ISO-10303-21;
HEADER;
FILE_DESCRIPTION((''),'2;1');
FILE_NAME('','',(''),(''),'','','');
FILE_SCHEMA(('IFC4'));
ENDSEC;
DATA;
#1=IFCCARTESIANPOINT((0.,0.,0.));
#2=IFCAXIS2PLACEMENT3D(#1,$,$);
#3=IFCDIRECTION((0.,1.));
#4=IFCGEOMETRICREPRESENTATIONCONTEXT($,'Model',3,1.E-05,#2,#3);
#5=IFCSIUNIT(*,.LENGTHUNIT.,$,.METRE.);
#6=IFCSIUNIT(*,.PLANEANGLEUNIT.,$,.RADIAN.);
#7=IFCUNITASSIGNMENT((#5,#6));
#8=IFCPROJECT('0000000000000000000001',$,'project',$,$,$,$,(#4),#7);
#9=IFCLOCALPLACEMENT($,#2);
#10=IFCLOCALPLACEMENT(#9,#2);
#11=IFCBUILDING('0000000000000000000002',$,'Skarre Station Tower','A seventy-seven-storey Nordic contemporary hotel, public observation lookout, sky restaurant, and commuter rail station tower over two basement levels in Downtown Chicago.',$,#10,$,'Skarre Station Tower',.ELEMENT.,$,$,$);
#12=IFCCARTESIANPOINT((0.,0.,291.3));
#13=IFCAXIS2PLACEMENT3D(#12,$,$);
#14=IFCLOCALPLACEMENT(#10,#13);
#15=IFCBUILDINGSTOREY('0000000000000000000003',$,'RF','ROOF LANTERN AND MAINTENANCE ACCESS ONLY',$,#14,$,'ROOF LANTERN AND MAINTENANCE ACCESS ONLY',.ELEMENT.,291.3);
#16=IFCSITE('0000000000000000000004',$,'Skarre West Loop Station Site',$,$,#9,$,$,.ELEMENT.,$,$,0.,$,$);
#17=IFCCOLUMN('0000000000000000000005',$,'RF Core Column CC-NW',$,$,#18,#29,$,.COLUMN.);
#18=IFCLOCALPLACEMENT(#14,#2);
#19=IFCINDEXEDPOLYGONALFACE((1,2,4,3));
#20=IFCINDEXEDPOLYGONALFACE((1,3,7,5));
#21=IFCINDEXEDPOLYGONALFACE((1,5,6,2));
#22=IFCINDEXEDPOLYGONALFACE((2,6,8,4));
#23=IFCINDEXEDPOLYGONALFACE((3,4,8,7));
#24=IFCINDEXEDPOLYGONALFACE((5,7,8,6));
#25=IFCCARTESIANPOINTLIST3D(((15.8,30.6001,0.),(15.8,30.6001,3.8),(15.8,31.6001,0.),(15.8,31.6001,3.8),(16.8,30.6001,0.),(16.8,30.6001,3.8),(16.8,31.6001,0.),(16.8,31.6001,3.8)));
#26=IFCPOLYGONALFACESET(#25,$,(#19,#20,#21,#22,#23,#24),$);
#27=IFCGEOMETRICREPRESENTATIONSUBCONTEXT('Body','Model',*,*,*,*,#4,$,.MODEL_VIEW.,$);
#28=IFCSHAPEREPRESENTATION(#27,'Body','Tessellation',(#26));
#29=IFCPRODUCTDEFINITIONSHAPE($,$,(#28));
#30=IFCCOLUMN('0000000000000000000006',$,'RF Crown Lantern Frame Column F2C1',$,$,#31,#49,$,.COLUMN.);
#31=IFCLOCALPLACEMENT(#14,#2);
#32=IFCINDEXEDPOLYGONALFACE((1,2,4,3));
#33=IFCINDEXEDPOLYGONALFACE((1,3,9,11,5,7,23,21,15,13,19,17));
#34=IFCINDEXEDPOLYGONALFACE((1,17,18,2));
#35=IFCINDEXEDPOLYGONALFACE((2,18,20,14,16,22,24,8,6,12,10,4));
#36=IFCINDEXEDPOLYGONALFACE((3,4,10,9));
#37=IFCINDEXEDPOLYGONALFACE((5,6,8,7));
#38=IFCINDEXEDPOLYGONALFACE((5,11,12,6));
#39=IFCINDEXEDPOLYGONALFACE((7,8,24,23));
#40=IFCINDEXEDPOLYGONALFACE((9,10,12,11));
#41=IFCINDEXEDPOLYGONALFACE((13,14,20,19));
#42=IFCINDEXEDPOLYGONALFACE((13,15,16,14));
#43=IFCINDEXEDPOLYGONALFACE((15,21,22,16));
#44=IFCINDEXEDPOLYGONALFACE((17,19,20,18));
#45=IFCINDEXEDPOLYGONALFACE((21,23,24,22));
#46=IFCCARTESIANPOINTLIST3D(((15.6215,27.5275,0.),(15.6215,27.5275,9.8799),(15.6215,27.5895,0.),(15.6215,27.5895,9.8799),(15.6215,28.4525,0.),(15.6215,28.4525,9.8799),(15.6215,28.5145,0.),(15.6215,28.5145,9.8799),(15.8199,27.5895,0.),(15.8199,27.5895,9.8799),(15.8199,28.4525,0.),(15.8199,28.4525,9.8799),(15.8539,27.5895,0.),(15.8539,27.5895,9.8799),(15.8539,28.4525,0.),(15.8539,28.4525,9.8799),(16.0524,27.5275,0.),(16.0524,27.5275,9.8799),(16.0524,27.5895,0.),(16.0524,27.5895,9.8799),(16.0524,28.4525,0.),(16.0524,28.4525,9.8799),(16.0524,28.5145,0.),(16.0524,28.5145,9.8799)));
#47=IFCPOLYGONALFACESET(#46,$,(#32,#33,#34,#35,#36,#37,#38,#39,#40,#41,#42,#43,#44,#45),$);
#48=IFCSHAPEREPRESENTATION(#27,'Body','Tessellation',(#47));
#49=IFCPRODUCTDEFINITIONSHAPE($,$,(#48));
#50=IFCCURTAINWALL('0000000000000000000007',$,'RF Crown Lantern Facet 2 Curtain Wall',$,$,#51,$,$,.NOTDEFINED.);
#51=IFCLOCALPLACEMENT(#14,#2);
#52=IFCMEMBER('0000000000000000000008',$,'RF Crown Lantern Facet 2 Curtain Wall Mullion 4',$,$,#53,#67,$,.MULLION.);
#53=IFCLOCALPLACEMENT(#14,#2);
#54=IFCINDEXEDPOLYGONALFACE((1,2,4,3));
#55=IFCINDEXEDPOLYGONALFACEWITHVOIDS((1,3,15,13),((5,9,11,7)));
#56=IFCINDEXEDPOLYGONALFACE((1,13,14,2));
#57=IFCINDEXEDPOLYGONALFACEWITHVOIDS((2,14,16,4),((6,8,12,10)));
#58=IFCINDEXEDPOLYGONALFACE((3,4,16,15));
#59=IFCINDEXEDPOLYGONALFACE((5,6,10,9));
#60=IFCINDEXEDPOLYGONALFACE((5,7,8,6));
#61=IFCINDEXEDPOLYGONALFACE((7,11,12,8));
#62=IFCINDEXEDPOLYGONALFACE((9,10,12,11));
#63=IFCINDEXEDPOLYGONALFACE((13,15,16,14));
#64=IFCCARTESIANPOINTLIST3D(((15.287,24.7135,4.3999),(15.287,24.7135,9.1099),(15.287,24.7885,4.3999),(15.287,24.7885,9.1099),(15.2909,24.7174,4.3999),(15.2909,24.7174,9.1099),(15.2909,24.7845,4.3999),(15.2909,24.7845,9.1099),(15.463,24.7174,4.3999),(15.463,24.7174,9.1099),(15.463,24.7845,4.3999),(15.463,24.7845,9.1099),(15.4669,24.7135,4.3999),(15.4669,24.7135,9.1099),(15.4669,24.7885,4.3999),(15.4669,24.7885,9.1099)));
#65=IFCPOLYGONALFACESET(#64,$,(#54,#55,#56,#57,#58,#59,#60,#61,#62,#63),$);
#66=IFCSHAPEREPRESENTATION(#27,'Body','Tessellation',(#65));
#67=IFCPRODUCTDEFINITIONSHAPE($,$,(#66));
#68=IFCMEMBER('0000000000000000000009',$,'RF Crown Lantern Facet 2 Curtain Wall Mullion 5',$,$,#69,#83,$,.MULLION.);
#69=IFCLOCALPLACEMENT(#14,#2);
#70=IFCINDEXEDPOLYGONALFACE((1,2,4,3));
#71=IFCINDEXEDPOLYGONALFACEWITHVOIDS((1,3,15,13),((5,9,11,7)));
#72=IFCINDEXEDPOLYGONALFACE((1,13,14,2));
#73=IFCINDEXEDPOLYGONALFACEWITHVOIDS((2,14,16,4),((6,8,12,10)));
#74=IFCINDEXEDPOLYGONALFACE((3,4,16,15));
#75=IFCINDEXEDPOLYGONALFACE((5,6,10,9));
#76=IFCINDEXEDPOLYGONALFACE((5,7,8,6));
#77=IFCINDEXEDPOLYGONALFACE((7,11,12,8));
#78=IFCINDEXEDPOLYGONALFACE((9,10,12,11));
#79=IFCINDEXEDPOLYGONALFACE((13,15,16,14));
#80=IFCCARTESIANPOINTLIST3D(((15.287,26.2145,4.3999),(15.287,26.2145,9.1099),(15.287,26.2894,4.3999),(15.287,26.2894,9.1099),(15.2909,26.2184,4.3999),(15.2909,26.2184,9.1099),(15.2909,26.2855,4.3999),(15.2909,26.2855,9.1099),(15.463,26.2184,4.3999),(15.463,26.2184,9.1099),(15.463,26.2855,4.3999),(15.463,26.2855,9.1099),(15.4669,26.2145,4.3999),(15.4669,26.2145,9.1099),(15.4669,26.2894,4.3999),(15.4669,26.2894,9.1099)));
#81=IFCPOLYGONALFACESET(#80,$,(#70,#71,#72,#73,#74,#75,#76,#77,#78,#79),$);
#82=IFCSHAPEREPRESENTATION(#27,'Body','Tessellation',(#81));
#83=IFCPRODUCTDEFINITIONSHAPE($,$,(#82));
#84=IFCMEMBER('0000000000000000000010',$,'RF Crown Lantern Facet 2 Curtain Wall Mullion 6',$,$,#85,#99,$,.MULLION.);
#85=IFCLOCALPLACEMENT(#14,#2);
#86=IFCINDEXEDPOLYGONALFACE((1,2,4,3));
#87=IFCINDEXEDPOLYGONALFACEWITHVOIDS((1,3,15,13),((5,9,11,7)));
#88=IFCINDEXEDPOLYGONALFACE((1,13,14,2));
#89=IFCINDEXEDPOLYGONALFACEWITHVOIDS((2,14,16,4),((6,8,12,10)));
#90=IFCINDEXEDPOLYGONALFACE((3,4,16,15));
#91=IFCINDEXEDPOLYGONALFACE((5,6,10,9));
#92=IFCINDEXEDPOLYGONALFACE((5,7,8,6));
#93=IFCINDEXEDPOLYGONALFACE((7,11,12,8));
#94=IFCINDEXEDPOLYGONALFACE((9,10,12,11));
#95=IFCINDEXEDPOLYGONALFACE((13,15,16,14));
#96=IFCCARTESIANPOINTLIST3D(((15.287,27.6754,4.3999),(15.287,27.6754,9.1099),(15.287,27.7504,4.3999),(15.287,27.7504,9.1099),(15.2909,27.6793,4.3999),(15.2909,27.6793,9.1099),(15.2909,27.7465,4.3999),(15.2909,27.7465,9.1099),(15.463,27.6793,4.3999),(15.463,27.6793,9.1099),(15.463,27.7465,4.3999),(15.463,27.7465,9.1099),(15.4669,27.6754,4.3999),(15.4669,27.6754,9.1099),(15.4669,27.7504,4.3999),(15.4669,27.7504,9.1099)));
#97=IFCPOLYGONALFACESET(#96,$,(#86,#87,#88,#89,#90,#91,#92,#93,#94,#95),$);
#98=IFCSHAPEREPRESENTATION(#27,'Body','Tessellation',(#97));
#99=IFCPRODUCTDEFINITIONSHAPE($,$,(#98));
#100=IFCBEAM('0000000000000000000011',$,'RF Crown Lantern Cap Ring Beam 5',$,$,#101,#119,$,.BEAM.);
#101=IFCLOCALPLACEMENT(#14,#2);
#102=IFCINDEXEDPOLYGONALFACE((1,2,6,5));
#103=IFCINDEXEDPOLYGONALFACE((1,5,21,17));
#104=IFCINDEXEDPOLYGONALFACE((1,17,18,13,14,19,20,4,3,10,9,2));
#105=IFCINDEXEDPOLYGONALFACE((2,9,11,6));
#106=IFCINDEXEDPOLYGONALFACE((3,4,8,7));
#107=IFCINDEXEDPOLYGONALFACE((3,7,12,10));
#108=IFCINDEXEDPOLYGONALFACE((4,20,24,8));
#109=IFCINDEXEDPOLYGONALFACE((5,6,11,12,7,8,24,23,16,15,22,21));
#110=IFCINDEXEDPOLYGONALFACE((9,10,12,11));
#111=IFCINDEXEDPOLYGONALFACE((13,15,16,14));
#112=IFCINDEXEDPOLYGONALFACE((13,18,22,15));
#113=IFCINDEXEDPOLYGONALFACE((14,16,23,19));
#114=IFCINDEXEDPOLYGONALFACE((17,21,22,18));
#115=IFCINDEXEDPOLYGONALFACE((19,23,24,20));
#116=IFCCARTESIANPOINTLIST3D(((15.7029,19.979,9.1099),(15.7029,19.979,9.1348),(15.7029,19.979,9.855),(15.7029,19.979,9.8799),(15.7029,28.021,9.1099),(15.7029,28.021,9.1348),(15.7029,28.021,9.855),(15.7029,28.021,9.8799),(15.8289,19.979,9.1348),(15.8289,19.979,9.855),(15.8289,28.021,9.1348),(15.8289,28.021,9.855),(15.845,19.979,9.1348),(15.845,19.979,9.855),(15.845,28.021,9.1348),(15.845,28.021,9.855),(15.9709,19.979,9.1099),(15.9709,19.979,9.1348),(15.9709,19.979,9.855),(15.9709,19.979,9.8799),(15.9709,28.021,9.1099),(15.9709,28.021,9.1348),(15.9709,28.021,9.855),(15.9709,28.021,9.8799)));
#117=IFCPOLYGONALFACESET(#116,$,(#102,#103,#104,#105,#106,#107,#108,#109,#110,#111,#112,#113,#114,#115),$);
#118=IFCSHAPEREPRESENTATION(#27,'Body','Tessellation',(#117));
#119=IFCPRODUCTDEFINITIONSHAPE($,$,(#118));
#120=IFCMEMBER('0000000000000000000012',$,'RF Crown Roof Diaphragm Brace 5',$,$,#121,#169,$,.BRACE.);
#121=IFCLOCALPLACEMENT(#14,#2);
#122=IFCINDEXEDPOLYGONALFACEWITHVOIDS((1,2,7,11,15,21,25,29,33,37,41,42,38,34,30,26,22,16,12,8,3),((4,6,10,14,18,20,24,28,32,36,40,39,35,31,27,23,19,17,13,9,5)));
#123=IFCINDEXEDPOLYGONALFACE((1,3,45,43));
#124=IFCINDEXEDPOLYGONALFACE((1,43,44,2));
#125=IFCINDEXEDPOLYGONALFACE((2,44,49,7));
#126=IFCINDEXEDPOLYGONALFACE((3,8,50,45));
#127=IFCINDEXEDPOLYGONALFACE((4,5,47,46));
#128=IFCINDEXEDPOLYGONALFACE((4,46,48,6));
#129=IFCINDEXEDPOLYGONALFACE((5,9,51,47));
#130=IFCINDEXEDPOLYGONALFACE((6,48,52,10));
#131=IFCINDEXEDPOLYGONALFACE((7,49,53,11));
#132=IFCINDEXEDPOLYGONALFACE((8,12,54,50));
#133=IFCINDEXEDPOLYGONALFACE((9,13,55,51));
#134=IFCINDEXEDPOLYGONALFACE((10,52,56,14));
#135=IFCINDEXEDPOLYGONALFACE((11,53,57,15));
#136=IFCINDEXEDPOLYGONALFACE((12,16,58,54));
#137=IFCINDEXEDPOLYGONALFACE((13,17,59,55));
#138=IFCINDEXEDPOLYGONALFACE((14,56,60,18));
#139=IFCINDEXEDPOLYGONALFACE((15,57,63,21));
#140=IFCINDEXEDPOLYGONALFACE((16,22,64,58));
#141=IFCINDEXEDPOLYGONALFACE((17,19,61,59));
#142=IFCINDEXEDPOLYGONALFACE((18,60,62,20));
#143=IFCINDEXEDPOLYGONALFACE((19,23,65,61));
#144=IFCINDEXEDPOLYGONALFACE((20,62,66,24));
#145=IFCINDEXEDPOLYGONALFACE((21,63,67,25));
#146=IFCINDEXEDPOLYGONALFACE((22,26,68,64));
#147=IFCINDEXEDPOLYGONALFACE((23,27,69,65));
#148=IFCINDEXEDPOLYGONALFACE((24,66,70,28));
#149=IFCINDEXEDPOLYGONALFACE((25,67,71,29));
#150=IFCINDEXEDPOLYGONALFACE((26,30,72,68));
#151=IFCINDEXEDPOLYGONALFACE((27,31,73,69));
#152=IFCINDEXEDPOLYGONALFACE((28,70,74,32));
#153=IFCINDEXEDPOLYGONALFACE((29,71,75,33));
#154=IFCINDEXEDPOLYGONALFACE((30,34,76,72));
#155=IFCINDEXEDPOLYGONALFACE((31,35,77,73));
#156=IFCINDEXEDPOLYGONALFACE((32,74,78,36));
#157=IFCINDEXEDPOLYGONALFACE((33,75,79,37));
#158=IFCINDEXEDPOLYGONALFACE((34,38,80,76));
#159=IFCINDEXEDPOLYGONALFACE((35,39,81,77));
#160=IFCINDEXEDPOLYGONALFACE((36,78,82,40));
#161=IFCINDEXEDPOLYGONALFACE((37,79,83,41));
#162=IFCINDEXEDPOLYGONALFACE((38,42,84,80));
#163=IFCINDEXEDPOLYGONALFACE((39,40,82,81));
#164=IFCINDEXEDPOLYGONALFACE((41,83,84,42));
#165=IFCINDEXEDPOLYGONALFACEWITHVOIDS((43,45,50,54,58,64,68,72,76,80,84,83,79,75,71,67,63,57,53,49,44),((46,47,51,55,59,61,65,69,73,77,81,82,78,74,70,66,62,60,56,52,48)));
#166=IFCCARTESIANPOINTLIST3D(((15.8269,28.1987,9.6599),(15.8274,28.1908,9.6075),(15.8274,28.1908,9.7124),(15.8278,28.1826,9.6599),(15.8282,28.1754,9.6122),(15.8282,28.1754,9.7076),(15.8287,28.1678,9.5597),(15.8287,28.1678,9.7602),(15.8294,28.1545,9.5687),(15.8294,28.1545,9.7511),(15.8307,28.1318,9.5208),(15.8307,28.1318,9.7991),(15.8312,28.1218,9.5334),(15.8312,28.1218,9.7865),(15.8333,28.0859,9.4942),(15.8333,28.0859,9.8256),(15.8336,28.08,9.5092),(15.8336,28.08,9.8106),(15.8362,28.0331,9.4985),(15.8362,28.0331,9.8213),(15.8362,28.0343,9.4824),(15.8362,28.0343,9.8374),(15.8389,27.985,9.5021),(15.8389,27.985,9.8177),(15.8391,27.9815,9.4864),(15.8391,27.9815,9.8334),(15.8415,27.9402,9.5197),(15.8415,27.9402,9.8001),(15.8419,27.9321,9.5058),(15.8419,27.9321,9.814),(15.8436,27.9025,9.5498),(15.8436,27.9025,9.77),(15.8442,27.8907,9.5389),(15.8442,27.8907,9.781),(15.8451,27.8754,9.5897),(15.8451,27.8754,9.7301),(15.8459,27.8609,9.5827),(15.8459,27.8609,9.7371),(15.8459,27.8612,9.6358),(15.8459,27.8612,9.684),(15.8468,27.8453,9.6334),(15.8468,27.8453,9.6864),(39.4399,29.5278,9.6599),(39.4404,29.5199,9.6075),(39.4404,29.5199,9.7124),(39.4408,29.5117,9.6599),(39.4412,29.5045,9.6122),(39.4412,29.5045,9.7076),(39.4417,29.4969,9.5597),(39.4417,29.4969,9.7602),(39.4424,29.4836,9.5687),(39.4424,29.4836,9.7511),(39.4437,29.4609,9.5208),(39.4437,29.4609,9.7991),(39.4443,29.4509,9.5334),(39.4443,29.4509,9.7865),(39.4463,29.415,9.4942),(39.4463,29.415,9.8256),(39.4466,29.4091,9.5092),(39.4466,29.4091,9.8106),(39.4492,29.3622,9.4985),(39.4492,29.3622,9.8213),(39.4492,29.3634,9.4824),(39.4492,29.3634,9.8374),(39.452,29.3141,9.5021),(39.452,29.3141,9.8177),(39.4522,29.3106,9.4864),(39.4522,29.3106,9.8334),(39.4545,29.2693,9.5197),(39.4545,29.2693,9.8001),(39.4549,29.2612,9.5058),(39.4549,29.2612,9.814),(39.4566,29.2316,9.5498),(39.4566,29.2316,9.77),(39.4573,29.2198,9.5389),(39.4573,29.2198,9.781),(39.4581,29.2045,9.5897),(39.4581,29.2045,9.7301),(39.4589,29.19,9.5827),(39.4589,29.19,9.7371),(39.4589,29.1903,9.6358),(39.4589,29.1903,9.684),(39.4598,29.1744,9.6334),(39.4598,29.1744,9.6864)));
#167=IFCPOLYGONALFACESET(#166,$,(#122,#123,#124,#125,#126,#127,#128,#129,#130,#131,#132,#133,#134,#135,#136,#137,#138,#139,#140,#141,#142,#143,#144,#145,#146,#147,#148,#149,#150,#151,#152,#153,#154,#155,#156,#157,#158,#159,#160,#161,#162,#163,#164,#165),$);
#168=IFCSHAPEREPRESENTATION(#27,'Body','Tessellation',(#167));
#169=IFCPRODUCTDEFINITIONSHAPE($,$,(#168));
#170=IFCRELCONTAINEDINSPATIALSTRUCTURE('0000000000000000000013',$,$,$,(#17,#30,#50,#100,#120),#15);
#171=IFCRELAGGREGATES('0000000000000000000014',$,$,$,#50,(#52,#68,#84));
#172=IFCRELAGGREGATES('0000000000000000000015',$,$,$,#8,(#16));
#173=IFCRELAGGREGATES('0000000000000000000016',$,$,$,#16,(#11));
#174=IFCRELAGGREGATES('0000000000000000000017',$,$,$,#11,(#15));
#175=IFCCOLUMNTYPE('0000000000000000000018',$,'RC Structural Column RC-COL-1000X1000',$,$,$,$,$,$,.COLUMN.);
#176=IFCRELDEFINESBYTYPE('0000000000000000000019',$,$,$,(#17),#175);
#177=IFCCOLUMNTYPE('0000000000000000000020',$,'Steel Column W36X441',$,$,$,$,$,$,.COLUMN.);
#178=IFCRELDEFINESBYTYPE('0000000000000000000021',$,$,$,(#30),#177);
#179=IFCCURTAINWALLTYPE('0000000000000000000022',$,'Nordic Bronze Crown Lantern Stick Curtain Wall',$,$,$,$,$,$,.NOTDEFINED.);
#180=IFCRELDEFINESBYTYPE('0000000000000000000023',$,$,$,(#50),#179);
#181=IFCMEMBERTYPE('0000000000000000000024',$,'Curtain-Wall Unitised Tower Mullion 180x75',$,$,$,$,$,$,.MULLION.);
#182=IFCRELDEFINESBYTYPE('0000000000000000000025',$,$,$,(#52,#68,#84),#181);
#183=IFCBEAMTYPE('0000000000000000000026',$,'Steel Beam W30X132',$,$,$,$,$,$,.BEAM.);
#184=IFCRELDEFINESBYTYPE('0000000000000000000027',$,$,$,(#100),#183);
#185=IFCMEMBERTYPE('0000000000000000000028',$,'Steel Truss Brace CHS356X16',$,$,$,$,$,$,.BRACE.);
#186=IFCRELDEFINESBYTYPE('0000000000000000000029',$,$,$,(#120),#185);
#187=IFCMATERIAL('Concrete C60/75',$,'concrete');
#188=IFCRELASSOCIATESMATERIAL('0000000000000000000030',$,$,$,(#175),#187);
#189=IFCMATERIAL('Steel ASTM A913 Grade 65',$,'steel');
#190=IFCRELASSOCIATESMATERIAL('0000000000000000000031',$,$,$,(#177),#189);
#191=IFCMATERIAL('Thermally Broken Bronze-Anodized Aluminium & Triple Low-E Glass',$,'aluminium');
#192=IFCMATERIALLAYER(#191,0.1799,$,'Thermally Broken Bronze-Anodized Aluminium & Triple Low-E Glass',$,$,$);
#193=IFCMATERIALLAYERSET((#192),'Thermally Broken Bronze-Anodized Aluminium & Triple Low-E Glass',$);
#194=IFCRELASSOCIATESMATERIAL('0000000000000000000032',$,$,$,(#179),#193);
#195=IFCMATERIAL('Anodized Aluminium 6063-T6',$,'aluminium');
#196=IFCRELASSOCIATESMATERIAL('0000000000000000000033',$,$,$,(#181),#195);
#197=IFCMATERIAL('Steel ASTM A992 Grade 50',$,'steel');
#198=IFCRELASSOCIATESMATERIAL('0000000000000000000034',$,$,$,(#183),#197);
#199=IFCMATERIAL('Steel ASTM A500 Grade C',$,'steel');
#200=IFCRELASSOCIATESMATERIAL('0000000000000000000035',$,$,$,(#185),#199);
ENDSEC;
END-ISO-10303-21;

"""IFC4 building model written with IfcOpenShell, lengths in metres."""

from ifc_helpers import new_model, si_unit, direction, frame, origin, origin_2d, place, context, subcontext, project, spatial, rectangle, hollow_rectangle, hollow_circle, i_section, extrude, material, layer, layer_set, material_profile, profile_set, type_object, element, aggregate, save


model = new_model("IFC4")

# Units and contexts
model_context = context("Model", 3, precision=1e-05, world=origin(), true_north=direction((0.0, 1.0)))
body_context = subcontext(model_context, "Body", "Model", "MODEL_VIEW")
ifc_project = project(units=[si_unit("LENGTHUNIT", "METRE"), si_unit("PLANEANGLEUNIT", "RADIAN")], contexts=[model_context])

# Site, building, storey
site_placement = place(None, origin())
site = spatial("IfcSite", under=ifc_project, at=site_placement, Name="Skarre West Loop Station Site", CompositionType="ELEMENT", RefElevation=0.0)
building_placement = place(site_placement, origin())
building = spatial("IfcBuilding", under=site, at=building_placement, Name="Skarre Station Tower", Description="A seventy-seven-storey Nordic contemporary hotel, public observation lookout, sky restaurant, and commuter rail station tower over two basement levels in Downtown Chicago.", LongName="Skarre Station Tower", CompositionType="ELEMENT")
storey_placement = place(building_placement, frame((0.0, 0.0, 291.3)))
storey = spatial("IfcBuildingStorey", under=building, at=storey_placement, Name="RF", Description="ROOF LANTERN AND MAINTENANCE ACCESS ONLY", LongName="ROOF LANTERN AND MAINTENANCE ACCESS ONLY", CompositionType="ELEMENT", Elevation=291.3)

# Columns
ifc_material_1 = material(Name="Concrete C60/75", Category="concrete")
ifc_material_profile_1 = material_profile(ifc_material_1, rectangle(XDim=1.0, YDim=1.0, at=origin_2d()), Name="Concrete C60/75")
ifc_profile_set_1 = profile_set([ifc_material_profile_1], Name="Concrete C60/75")
column_type_1 = type_object("IfcColumnType", Name="RC Structural Column RC-COL-1000X1000", PredefinedType="COLUMN", material=ifc_profile_set_1)
column_1_placement = place(storey_placement, frame((16.3, 31.1001, 0.0), z_axis=(0.0, 0.0, 1.0), x_axis=(1.0, 0.0, 0.0)))
element("IfcColumn", 1, at=column_1_placement, inside=storey, type_object=column_type_1, Name="RF Core Column CC-NW", PredefinedType="COLUMN", context=body_context, shape_type="SweptSolid", body=[
    extrude(rectangle(XDim=1.0, YDim=1.0, at=origin_2d()), origin(), (0.0, 0.0, 1.0), 3.8),
])
ifc_material_2 = material(Name="Steel ASTM A913 Grade 65", Category="steel")
ifc_material_profile_2 = material_profile(ifc_material_2, i_section(OverallWidth=0.4309, OverallDepth=0.9871, WebThickness=0.0339, FlangeThickness=0.062, at=origin_2d()), Name="Steel ASTM A913 Grade 65")
ifc_profile_set_2 = profile_set([ifc_material_profile_2], Name="Steel ASTM A913 Grade 65")
column_type_2 = type_object("IfcColumnType", Name="Steel Column W36X441", PredefinedType="COLUMN", material=ifc_profile_set_2)
column_2_placement = place(storey_placement, frame((15.8369, 28.021, 0.0), z_axis=(0.0, 0.0, 1.0), x_axis=(-1.0, 0.0, 0.0)))
element("IfcColumn", 2, at=column_2_placement, inside=storey, type_object=column_type_2, Name="RF Crown Lantern Frame Column F2C1", PredefinedType="COLUMN", context=body_context, shape_type="SweptSolid", body=[
    extrude(i_section(OverallWidth=0.4309, OverallDepth=0.9871, WebThickness=0.0339, FlangeThickness=0.062, at=origin_2d()), origin(), (0.0, 0.0, 1.0), 9.8799),
])

# Curtain wall, members
ifc_material_3 = material(Name="Thermally Broken Bronze-Anodized Aluminium & Triple Low-E Glass", Category="aluminium")
ifc_layer_1 = layer(ifc_material_3, 0.1799, Name="Thermally Broken Bronze-Anodized Aluminium & Triple Low-E Glass")
ifc_layer_set_1 = layer_set([ifc_layer_1], Name="Thermally Broken Bronze-Anodized Aluminium & Triple Low-E Glass")
curtain_wall_type = type_object("IfcCurtainWallType", Name="Nordic Bronze Crown Lantern Stick Curtain Wall", PredefinedType="NOTDEFINED", material=ifc_layer_set_1)
curtain_wall_placement = place(storey_placement, origin())
curtain_wall = element("IfcCurtainWall", 3, at=curtain_wall_placement, inside=storey, type_object=curtain_wall_type, Name="RF Crown Lantern Facet 2 Curtain Wall", PredefinedType="NOTDEFINED")
ifc_material_4 = material(Name="Anodized Aluminium 6063-T6", Category="aluminium")
ifc_material_profile_3 = material_profile(ifc_material_4, hollow_rectangle(XDim=0.075, YDim=0.1799, WallThickness=0.0039, at=origin_2d()), Name="Anodized Aluminium 6063-T6")
ifc_profile_set_3 = profile_set([ifc_material_profile_3], Name="Anodized Aluminium 6063-T6")
member_type_1 = type_object("IfcMemberType", Name="Curtain-Wall Unitised Tower Mullion 180x75", PredefinedType="MULLION", material=ifc_profile_set_3)
member_1_placement = place(storey_placement, frame((15.377, 24.751, 4.3999), z_axis=(0.0, 0.0, 1.0), x_axis=(0.0, 1.0, 0.0)))
member_1 = element("IfcMember", 4, at=member_1_placement, type_object=member_type_1, Name="RF Crown Lantern Facet 2 Curtain Wall Mullion 4", PredefinedType="MULLION", context=body_context, shape_type="SweptSolid", body=[
    extrude(hollow_rectangle(XDim=0.075, YDim=0.1799, WallThickness=0.0039, at=origin_2d()), origin(), (0.0, 0.0, 1.0), 4.71),
])
member_2_placement = place(storey_placement, frame((15.377, 26.252, 4.3999), z_axis=(0.0, 0.0, 1.0), x_axis=(0.0, 1.0, 0.0)))
member_2 = element("IfcMember", 5, at=member_2_placement, type_object=member_type_1, Name="RF Crown Lantern Facet 2 Curtain Wall Mullion 5", PredefinedType="MULLION", context=body_context, shape_type="SweptSolid", body=[
    extrude(hollow_rectangle(XDim=0.075, YDim=0.1799, WallThickness=0.0039, at=origin_2d()), origin(), (0.0, 0.0, 1.0), 4.71),
])
member_3_placement = place(storey_placement, frame((15.377, 27.7129, 4.3999), z_axis=(0.0, 0.0, 1.0), x_axis=(0.0, 1.0, 0.0)))
member_3 = element("IfcMember", 6, at=member_3_placement, type_object=member_type_1, Name="RF Crown Lantern Facet 2 Curtain Wall Mullion 6", PredefinedType="MULLION", context=body_context, shape_type="SweptSolid", body=[
    extrude(hollow_rectangle(XDim=0.075, YDim=0.1799, WallThickness=0.0039, at=origin_2d()), origin(), (0.0, 0.0, 1.0), 4.71),
])

# Beam
ifc_material_5 = material(Name="Steel ASTM A992 Grade 50", Category="steel")
ifc_material_profile_4 = material_profile(ifc_material_5, i_section(OverallWidth=0.2681, OverallDepth=0.77, WebThickness=0.0161, FlangeThickness=0.0249, at=origin_2d()), Name="Steel ASTM A992 Grade 50")
ifc_profile_set_4 = profile_set([ifc_material_profile_4], Name="Steel ASTM A992 Grade 50")
beam_type = type_object("IfcBeamType", Name="Steel Beam W30X132", PredefinedType="BEAM", material=ifc_profile_set_4)
beam_placement = place(storey_placement, frame((15.8369, 28.021, 9.4949), z_axis=(0.0, -1.0, 0.0), x_axis=(1.0, 0.0, 0.0)))
element("IfcBeam", 7, at=beam_placement, inside=storey, type_object=beam_type, Name="RF Crown Lantern Cap Ring Beam 5", PredefinedType="BEAM", context=body_context, shape_type="SweptSolid", body=[
    extrude(i_section(OverallWidth=0.2681, OverallDepth=0.77, WebThickness=0.0161, FlangeThickness=0.0249, at=origin_2d()), origin(), (0.0, 0.0, 1.0), 8.042),
])

# Member
ifc_material_6 = material(Name="Steel ASTM A500 Grade C", Category="steel")
ifc_material_profile_5 = material_profile(ifc_material_6, hollow_circle(Radius=0.178, WallThickness=0.0161, at=origin_2d()), Name="Steel ASTM A500 Grade C")
ifc_profile_set_5 = profile_set([ifc_material_profile_5], Name="Steel ASTM A500 Grade C")
member_type_2 = type_object("IfcMemberType", Name="Steel Truss Brace CHS356X16", PredefinedType="BRACE", material=ifc_profile_set_5)
member_4_placement = place(storey_placement, frame((15.8369, 28.021, 9.6599), z_axis=(0.99842, 0.056198, 0.0), x_axis=(-0.056198, 0.99842, 0.0)))
element("IfcMember", 8, at=member_4_placement, inside=storey, type_object=member_type_2, Name="RF Crown Roof Diaphragm Brace 5", PredefinedType="BRACE", context=body_context, shape_type="SweptSolid", body=[
    extrude(hollow_circle(Radius=0.178, WallThickness=0.0161, at=origin_2d()), origin(), (0.0, 0.0, 1.0), 23.6504),
])

aggregate(curtain_wall, [member_1, member_2, member_3])

save(model, "model.ifc")
